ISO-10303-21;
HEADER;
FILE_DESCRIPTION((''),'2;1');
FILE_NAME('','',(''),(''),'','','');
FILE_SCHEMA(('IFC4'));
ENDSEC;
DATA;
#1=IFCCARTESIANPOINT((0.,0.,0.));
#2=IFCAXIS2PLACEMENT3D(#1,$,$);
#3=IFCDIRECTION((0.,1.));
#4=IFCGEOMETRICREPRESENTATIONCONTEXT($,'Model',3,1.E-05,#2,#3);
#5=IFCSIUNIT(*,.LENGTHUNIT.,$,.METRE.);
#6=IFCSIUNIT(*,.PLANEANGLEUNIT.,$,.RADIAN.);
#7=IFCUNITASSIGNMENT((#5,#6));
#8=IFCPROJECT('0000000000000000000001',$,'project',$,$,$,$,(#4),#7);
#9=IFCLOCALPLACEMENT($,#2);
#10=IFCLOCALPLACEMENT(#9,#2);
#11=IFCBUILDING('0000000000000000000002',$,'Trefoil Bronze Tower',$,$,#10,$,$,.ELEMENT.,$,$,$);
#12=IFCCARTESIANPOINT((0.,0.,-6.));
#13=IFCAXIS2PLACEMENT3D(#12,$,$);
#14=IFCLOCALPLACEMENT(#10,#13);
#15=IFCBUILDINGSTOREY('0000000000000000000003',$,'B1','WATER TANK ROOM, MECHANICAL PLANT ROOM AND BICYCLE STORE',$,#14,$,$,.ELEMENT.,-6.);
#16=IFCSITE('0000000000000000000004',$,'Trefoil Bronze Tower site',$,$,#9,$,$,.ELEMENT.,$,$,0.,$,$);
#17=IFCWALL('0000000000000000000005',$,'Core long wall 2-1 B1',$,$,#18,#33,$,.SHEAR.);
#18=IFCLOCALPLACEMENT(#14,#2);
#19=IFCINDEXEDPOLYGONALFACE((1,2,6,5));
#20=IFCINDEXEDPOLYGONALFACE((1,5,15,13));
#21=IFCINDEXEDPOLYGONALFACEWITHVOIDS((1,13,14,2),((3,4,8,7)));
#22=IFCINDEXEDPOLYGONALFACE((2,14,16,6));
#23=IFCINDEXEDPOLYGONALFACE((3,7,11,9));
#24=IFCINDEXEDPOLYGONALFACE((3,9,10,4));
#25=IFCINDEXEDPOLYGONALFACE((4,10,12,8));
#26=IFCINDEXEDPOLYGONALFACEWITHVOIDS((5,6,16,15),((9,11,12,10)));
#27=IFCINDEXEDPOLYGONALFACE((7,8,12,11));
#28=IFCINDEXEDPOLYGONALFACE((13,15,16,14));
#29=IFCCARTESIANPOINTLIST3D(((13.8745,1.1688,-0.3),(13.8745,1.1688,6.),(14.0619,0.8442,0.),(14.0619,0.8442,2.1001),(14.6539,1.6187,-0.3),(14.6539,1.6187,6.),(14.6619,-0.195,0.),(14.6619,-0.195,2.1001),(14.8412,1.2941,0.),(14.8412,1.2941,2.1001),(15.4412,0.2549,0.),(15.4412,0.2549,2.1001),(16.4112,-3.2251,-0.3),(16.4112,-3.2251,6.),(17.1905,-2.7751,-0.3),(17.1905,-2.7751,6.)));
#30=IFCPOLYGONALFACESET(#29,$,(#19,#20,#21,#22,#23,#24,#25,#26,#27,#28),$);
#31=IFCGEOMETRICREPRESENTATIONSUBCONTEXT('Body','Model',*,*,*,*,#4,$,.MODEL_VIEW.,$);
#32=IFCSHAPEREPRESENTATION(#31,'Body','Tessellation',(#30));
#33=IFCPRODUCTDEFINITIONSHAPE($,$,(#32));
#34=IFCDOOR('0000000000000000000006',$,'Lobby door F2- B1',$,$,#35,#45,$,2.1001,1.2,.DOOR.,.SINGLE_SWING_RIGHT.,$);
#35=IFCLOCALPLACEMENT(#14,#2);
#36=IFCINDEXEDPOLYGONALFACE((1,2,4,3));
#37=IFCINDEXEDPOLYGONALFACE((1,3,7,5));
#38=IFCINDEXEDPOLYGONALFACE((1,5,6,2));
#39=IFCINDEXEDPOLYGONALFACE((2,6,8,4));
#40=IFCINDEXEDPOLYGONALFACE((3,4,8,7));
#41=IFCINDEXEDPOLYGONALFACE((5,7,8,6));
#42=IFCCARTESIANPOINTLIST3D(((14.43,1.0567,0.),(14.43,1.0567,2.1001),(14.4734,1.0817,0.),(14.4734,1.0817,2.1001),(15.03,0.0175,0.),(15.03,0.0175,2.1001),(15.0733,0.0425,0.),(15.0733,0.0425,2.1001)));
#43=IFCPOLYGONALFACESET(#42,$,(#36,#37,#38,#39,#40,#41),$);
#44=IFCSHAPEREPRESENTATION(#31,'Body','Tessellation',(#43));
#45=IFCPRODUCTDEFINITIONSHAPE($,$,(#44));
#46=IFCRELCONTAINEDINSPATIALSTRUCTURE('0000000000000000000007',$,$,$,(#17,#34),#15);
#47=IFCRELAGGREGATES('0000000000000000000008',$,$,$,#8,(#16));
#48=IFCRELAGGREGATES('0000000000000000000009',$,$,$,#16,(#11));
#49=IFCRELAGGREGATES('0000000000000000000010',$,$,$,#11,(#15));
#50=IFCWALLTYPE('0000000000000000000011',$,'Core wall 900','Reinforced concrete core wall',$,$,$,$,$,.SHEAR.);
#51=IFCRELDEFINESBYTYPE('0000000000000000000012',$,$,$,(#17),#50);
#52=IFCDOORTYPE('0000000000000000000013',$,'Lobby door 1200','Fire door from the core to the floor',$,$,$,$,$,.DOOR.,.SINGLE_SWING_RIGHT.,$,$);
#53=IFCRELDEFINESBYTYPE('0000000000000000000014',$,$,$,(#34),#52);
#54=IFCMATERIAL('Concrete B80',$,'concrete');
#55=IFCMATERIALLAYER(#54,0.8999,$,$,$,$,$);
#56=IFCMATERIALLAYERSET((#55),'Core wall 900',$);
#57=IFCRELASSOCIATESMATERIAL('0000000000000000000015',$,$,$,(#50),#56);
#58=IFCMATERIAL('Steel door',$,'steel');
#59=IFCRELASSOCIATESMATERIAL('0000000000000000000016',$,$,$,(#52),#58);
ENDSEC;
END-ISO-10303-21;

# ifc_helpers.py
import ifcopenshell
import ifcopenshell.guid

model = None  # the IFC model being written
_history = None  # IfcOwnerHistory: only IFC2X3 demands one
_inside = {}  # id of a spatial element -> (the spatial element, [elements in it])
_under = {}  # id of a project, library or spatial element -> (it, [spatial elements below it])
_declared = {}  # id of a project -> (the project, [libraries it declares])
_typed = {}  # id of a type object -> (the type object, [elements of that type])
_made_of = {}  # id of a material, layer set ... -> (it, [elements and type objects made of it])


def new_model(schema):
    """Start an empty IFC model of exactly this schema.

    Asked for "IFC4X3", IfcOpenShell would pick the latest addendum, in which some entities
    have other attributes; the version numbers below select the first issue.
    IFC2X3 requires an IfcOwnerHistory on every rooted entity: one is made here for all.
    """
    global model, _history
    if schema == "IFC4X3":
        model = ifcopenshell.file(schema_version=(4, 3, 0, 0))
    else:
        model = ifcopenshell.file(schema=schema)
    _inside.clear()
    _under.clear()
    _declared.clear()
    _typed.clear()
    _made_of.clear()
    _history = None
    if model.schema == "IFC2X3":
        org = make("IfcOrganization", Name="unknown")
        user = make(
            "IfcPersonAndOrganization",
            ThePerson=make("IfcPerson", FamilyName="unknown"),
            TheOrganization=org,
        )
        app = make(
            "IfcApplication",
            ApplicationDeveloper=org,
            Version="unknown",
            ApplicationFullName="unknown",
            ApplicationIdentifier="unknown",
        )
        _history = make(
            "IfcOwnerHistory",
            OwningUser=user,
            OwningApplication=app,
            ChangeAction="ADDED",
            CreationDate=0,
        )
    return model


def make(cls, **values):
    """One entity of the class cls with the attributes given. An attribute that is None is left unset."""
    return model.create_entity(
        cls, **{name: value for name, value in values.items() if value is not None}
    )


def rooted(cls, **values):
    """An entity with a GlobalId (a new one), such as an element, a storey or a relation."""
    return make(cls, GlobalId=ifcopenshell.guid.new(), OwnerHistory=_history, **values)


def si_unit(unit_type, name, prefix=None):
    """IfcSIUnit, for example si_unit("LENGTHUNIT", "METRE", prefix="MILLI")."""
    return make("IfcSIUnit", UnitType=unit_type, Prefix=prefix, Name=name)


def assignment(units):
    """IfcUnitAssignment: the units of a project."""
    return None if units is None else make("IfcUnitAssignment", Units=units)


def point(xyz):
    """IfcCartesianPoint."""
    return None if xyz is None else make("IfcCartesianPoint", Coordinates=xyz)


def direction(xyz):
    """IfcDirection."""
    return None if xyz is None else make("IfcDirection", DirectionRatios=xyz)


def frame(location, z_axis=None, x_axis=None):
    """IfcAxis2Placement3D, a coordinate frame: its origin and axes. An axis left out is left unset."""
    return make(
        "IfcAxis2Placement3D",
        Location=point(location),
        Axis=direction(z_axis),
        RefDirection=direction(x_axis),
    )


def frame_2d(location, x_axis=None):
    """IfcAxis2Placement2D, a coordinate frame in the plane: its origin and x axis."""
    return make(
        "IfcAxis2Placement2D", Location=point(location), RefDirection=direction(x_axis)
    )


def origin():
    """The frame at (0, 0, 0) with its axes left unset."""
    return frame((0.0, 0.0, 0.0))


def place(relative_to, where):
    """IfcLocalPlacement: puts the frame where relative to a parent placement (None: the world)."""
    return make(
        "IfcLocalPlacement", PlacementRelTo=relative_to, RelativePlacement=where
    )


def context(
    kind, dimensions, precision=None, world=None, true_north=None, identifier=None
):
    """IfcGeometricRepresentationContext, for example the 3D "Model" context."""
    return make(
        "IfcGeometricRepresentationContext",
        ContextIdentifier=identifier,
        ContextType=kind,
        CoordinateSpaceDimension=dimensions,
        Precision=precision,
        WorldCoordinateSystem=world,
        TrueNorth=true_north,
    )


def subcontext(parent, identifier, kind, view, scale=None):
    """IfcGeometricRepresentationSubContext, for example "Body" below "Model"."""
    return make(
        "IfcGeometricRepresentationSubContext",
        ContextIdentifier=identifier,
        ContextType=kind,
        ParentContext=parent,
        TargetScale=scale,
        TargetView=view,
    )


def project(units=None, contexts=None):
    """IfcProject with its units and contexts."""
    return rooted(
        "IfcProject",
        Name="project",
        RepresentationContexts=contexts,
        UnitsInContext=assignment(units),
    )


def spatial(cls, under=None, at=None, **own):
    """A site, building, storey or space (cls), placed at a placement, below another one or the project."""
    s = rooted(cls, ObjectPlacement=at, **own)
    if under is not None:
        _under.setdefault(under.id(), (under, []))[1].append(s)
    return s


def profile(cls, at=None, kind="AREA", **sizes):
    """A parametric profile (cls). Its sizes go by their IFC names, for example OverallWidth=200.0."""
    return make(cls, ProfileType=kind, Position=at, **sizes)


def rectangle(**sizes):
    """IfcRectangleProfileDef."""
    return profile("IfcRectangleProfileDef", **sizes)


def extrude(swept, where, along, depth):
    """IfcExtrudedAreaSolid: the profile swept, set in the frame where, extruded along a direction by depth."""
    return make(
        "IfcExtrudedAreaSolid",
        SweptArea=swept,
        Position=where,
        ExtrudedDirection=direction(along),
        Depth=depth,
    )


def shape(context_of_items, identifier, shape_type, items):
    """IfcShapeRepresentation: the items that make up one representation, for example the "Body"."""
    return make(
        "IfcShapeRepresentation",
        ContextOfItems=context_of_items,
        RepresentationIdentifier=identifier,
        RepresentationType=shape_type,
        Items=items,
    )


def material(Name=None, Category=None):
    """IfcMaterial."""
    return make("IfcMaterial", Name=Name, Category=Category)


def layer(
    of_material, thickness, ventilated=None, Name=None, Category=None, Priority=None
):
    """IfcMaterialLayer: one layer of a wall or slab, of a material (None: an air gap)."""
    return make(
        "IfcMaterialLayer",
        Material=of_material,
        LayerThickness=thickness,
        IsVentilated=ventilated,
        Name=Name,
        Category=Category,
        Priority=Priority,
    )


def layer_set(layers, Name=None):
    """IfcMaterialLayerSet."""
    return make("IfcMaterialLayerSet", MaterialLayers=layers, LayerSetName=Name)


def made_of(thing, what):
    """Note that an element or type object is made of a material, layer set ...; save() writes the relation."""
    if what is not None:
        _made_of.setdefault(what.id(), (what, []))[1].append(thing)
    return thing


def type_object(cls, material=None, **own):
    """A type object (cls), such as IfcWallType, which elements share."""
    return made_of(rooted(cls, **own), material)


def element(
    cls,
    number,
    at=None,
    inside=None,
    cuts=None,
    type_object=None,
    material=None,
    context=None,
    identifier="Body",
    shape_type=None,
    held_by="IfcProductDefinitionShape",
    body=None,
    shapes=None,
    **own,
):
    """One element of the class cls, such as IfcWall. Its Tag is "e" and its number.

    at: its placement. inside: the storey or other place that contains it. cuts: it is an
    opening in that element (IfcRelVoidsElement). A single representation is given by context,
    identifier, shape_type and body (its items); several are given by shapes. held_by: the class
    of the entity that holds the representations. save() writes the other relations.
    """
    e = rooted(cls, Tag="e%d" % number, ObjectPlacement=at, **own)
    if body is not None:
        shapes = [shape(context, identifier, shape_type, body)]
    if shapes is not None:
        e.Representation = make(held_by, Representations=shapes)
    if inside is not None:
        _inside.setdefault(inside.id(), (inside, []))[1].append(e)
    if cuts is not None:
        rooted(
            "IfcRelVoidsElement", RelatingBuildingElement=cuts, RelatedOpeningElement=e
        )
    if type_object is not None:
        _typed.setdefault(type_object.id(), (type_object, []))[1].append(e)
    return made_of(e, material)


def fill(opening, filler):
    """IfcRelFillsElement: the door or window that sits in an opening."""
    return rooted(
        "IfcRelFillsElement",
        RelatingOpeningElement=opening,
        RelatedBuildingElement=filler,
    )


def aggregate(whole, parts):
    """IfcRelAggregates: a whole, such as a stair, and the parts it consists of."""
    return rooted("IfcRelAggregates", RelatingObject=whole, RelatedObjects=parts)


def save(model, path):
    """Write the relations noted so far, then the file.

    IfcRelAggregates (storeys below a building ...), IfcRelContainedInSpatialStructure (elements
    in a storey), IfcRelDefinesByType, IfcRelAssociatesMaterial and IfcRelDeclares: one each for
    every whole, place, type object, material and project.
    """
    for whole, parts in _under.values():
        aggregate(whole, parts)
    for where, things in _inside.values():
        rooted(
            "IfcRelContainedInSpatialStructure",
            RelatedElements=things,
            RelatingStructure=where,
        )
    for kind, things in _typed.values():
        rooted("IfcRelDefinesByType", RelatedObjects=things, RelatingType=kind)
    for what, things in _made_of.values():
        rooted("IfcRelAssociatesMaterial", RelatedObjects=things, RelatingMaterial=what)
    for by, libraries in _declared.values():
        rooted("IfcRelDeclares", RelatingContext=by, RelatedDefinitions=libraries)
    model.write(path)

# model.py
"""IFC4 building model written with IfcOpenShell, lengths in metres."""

from ifc_helpers import new_model, si_unit, direction, frame, frame_2d, origin, place, context, subcontext, project, spatial, rectangle, extrude, material, layer, layer_set, type_object, element, fill, save


model = new_model("IFC4")

# Units and contexts
model_context = context("Model", 3, precision=1e-05, world=origin(), true_north=direction((0.0, 1.0)))
body_context = subcontext(model_context, "Body", "Model", "MODEL_VIEW")
ifc_project = project(units=[si_unit("LENGTHUNIT", "METRE"), si_unit("PLANEANGLEUNIT", "RADIAN")], contexts=[model_context])

# Site, building, storey
site_placement = place(None, origin())
site = spatial("IfcSite", under=ifc_project, at=site_placement, Name="Trefoil Bronze Tower site", CompositionType="ELEMENT", RefElevation=0.0)
building_placement = place(site_placement, origin())
building = spatial("IfcBuilding", under=site, at=building_placement, Name="Trefoil Bronze Tower", CompositionType="ELEMENT")
storey_placement = place(building_placement, frame((0.0, 0.0, -6.0)))
storey = spatial("IfcBuildingStorey", under=building, at=storey_placement, Name="B1", Description="WATER TANK ROOM, MECHANICAL PLANT ROOM AND BICYCLE STORE", CompositionType="ELEMENT", Elevation=-6.0)

# Wall, opening, door
ifc_material_1 = material(Name="Concrete B80", Category="concrete")
ifc_layer_1 = layer(ifc_material_1, 0.8999)
ifc_layer_set_1 = layer_set([ifc_layer_1], Name="Core wall 900")
wall_type_1 = type_object("IfcWallType", Name="Core wall 900", Description="Reinforced concrete core wall", PredefinedType="SHEAR", material=ifc_layer_set_1)
wall_1_placement = place(storey_placement, frame((16.8008, -3.0, -0.3), z_axis=(0.0, 0.0, 1.0), x_axis=(-0.499979, 0.866037, 0.0)))
wall_1 = element("IfcWall", 1, at=wall_1_placement, inside=storey, type_object=wall_type_1, Name="Core long wall 2-1 B1", PredefinedType="SHEAR", context=body_context, shape_type="SweptSolid", body=[
    extrude(rectangle(XDim=5.0735, YDim=0.8999, at=frame_2d((2.5366, 0.0))), origin(), (0.0, 0.0, 1.0), 6.3),
])
opening_placement = place(wall_1_placement, frame((3.4985, 0.0, 0.3)))
opening = element("IfcOpeningElement", 2, at=opening_placement, cuts=wall_1, PredefinedType="OPENING", context=body_context, shape_type="SweptSolid", body=[
    extrude(rectangle(XDim=1.2, YDim=2.1001, at=frame_2d((0.6001, 1.05))), frame((0.0, 0.46, 0.0), z_axis=(0.0, -1.0, 0.0), x_axis=(1.0, 0.0, 0.0)), (0.0, 0.0, 1.0), 0.9199),
])
ifc_material_2 = material(Name="Steel door", Category="steel")
door_type = type_object("IfcDoorType", Name="Lobby door 1200", Description="Fire door from the core to the floor", OperationType="SINGLE_SWING_RIGHT", PredefinedType="DOOR", material=ifc_material_2)
door_placement = place(opening_placement, origin())
door = element("IfcDoor", 3, at=door_placement, inside=storey, type_object=door_type, Name="Lobby door F2- B1", OperationType="SINGLE_SWING_RIGHT", OverallHeight=2.1001, OverallWidth=1.2, PredefinedType="DOOR", context=body_context, shape_type="SweptSolid", body=[
    extrude(rectangle(XDim=1.2, YDim=2.1001, at=frame_2d((0.6001, 1.05))), frame((0.0, 0.0249, 0.0), z_axis=(0.0, -1.0, 0.0), x_axis=(1.0, 0.0, 0.0)), (0.0, 0.0, 1.0), 0.05),
])
fill(opening, door)

save(model, "model.ifc")
